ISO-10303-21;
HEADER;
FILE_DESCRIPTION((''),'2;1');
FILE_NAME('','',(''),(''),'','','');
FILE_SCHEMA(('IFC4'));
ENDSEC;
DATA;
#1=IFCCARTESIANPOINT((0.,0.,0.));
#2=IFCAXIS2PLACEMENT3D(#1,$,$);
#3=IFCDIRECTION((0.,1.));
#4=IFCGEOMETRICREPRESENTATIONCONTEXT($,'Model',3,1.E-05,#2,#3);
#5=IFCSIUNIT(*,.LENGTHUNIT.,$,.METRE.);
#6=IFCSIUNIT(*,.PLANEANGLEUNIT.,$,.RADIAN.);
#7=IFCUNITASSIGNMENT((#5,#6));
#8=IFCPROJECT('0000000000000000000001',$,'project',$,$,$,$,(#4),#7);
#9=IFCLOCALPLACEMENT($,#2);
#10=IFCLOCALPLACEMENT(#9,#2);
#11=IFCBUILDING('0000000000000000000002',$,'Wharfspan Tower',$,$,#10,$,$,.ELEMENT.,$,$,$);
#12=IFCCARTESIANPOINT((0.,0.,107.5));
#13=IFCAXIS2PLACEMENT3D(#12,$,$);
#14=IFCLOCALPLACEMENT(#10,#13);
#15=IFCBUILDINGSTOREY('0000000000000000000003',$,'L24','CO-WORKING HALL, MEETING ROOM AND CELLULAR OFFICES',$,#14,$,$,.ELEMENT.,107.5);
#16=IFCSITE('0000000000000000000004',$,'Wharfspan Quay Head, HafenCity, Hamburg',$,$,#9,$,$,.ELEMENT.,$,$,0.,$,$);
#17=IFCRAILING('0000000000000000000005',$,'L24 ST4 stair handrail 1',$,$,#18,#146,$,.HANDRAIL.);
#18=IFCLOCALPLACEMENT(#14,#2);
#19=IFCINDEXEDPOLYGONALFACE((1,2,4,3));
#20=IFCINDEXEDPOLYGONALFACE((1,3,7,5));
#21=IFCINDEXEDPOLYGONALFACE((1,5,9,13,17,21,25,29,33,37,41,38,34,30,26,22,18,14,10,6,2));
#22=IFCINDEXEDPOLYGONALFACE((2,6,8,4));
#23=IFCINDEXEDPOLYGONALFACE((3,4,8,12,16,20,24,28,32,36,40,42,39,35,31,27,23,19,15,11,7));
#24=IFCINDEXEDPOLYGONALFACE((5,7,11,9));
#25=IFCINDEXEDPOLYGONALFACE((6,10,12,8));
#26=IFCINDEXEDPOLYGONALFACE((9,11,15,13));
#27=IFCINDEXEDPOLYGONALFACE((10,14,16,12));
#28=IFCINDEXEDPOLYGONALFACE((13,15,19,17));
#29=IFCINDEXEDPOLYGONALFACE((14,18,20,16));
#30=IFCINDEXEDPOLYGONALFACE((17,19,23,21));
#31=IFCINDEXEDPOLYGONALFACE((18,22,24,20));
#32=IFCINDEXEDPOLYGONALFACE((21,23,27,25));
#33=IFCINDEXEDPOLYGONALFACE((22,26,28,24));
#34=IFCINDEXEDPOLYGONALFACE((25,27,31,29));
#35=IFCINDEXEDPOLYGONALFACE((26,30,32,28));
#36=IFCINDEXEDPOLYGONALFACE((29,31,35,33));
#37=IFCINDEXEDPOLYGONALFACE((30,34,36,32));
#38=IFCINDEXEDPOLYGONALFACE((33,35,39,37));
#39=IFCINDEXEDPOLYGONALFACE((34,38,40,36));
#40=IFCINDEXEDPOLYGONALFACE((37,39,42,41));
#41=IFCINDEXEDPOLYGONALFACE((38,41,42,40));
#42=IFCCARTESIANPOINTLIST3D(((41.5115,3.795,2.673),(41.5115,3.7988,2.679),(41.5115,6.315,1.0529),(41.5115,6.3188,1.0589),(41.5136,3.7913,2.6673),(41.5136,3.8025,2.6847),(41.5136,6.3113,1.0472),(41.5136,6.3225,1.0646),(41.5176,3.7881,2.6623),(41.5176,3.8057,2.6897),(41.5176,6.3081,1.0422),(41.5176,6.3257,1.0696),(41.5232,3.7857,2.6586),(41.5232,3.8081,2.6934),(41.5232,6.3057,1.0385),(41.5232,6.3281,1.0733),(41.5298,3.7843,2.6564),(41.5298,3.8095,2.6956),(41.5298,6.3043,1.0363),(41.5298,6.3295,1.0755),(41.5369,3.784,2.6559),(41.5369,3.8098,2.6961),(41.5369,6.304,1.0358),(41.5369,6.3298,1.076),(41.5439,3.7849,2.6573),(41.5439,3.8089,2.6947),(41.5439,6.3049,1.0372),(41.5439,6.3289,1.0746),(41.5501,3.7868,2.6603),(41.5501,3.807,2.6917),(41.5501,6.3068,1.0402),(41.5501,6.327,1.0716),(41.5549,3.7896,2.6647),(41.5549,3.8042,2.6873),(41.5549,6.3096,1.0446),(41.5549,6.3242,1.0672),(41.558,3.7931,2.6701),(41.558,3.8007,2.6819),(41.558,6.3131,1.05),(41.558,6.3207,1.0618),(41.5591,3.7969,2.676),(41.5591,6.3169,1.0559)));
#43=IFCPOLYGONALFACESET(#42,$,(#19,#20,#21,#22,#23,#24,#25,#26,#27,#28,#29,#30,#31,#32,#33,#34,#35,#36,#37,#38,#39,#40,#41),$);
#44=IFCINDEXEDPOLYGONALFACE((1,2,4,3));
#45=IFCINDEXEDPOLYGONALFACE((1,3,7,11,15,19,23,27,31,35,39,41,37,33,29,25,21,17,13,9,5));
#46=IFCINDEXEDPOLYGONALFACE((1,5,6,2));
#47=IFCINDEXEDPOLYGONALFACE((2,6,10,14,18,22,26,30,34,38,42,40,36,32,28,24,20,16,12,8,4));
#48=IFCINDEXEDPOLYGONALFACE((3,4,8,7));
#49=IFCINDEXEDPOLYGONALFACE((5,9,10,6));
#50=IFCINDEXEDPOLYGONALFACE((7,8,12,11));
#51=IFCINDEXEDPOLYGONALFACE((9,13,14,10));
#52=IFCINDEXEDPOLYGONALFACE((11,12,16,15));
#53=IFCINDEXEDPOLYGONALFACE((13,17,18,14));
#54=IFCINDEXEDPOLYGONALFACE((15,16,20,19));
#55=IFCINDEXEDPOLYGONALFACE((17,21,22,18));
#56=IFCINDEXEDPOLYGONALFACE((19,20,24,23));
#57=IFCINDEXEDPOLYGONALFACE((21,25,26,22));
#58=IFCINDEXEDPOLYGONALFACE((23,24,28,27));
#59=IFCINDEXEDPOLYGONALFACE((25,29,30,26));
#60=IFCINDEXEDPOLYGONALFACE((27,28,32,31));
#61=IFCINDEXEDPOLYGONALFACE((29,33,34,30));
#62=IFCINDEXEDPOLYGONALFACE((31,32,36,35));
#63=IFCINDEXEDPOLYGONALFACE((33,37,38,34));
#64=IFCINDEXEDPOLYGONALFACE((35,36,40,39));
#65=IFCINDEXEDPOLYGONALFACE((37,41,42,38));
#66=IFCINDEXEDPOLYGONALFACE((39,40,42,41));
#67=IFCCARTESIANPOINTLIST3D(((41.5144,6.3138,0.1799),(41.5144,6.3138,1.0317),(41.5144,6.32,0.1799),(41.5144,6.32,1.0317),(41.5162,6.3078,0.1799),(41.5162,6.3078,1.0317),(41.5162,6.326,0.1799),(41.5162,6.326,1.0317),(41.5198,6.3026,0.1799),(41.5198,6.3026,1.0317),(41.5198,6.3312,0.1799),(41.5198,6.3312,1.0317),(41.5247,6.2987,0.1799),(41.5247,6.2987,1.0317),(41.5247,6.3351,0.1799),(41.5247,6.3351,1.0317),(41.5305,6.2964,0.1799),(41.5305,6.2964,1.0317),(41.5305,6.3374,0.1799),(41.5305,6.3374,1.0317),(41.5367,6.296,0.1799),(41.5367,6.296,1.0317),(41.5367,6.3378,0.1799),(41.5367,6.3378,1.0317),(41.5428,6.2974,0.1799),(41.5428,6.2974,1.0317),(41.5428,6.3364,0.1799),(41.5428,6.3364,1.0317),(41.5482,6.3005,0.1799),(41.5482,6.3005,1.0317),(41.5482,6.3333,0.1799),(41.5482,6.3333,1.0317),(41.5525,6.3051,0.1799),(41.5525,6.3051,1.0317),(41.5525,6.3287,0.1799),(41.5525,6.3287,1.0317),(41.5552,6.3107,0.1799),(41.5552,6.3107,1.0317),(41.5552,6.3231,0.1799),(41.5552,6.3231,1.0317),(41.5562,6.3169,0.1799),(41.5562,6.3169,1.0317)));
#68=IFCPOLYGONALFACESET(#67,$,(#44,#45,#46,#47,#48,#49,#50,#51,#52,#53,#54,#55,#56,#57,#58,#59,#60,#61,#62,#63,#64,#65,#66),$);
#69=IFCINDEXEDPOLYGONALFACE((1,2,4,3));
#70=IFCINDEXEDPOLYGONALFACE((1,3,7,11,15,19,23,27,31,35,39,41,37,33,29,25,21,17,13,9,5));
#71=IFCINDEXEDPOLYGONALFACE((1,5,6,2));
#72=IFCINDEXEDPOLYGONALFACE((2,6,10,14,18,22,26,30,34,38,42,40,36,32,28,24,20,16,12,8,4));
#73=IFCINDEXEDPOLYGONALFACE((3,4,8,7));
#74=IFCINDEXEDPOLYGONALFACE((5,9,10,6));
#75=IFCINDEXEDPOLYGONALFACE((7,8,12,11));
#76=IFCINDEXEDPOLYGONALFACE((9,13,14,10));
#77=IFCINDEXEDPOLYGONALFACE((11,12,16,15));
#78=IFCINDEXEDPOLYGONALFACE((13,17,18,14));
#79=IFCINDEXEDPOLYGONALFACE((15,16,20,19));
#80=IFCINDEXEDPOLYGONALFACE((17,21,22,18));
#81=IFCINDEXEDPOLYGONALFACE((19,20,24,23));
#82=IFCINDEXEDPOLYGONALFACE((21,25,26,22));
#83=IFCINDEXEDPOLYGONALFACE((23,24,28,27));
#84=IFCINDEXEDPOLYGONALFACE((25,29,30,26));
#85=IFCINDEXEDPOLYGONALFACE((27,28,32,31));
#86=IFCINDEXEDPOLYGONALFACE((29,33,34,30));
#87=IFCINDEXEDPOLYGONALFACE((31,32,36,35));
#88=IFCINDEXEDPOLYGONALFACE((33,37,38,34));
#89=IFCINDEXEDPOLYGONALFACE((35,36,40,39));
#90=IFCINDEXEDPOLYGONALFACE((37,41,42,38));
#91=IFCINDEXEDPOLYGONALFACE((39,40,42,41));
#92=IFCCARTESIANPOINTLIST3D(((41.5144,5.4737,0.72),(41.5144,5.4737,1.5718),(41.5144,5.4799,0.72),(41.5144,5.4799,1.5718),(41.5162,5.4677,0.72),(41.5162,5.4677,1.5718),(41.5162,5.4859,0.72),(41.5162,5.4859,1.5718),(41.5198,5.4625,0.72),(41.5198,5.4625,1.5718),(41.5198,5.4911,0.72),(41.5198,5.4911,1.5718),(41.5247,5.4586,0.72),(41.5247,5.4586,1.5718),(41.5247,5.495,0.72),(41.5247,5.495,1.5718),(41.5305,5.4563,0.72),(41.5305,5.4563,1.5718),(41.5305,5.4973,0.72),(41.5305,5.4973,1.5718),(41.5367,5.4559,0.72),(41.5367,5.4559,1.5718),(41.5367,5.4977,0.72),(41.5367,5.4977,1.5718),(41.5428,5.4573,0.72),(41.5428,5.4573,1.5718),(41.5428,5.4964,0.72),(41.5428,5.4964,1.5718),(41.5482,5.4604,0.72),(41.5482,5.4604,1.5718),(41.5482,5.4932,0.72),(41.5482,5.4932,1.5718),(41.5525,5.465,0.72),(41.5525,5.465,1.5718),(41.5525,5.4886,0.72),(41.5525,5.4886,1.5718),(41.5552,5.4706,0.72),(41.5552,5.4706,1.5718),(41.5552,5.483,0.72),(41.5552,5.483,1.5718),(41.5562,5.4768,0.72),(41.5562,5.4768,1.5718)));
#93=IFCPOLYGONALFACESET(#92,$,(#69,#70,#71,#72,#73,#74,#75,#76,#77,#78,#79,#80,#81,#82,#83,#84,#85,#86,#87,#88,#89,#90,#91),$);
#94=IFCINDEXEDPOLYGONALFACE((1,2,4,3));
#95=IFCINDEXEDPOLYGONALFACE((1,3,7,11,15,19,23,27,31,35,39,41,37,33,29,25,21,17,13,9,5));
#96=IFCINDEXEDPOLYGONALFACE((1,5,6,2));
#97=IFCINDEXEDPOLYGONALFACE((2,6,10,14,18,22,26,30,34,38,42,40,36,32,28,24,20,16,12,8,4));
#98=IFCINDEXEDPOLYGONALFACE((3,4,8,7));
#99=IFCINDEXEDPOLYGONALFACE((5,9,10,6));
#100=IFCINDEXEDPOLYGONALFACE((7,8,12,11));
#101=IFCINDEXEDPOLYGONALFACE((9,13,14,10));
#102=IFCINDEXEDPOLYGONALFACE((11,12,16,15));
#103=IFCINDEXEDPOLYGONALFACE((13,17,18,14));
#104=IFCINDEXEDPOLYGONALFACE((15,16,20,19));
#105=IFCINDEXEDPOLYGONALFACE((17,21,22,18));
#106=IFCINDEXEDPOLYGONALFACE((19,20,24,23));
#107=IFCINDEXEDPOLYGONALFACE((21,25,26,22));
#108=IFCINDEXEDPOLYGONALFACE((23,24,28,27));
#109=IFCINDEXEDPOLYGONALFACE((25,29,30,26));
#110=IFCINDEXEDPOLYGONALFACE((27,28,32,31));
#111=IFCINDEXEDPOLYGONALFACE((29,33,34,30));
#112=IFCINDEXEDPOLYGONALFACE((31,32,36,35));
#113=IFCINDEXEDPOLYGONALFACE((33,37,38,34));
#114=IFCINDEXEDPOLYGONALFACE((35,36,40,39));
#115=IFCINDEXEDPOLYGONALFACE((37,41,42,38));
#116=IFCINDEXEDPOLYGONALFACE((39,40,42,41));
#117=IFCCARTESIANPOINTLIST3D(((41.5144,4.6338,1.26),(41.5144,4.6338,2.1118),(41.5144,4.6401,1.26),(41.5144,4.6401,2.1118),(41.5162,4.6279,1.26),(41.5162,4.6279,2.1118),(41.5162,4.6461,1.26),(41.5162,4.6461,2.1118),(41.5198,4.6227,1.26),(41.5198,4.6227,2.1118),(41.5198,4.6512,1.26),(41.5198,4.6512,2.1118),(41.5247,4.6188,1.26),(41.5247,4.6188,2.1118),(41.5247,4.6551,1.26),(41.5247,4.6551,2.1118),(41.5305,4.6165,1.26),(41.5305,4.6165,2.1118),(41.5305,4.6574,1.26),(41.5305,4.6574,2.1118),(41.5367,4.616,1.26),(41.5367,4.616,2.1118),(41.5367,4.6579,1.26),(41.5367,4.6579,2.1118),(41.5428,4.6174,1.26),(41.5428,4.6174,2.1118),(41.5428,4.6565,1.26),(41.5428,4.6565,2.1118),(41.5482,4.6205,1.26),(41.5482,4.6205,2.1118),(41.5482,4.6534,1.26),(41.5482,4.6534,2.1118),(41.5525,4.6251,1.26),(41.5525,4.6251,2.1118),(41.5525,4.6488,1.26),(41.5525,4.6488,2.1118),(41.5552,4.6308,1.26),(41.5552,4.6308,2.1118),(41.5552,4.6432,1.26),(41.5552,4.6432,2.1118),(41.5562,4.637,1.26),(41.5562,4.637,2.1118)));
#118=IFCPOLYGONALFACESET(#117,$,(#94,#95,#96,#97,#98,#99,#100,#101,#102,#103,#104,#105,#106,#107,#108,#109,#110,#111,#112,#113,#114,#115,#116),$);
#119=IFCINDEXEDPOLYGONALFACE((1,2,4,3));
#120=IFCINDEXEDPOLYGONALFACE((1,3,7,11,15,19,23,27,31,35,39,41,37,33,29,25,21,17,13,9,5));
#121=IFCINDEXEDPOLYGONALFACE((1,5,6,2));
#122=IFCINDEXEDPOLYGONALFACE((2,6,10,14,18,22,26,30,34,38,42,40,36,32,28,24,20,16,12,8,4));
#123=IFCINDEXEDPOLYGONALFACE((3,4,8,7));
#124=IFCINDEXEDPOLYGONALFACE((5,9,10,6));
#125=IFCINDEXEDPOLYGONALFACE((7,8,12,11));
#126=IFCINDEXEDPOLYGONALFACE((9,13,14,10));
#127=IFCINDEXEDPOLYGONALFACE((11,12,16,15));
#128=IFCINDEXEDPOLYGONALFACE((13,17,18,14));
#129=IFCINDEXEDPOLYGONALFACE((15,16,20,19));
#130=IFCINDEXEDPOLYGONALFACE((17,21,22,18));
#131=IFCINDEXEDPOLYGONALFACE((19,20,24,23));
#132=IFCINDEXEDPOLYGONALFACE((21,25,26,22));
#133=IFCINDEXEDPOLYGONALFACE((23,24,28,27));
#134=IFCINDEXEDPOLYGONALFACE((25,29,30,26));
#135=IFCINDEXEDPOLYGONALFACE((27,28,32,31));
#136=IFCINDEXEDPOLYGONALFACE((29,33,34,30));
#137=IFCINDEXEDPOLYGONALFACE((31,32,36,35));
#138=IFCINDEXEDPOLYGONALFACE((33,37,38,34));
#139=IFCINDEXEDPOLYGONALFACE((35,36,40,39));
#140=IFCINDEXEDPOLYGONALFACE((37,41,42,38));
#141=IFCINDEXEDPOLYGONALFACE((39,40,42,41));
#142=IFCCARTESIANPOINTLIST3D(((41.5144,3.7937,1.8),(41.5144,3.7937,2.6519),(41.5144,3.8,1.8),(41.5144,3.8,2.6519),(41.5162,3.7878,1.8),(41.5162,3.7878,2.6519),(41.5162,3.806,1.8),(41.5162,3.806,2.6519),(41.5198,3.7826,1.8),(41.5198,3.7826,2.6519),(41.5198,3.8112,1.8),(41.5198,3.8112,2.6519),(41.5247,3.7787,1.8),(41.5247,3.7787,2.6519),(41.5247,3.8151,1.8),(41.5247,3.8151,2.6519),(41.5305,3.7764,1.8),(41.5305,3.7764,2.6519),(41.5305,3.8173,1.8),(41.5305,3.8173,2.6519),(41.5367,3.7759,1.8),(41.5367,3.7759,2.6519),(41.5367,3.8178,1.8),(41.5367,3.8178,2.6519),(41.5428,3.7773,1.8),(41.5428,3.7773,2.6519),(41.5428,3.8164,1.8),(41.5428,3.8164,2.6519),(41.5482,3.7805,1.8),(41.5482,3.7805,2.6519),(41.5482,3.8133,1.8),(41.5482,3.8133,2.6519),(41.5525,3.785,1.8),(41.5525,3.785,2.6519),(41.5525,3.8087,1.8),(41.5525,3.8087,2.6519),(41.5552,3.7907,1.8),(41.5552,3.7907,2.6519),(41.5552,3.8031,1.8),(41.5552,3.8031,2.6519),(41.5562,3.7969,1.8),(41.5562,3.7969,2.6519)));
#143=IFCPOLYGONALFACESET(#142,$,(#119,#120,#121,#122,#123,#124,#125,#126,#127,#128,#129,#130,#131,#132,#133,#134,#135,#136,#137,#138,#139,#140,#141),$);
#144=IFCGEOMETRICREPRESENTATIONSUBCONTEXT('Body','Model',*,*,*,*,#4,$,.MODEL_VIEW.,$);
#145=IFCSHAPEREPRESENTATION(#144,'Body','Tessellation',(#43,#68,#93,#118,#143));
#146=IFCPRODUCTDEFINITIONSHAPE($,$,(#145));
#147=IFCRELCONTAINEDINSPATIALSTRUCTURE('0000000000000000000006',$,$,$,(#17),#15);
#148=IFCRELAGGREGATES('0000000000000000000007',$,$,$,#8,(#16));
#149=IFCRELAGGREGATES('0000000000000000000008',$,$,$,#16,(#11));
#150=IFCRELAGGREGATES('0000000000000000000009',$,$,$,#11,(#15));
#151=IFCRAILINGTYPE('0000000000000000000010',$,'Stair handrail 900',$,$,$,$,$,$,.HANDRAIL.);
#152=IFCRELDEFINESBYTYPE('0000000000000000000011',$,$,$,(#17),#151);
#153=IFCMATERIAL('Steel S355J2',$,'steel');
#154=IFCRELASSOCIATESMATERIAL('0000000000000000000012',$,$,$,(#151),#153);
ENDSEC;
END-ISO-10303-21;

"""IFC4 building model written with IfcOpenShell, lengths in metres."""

from ifc_helpers import new_model, si_unit, direction, frame, origin, origin_2d, place, context, subcontext, project, spatial, circle, extrude, material, type_object, element, save


model = new_model("IFC4")

# Units and contexts
model_context = context("Model", 3, precision=1e-05, world=origin(), true_north=direction((0.0, 1.0)))
body_context = subcontext(model_context, "Body", "Model", "MODEL_VIEW")
ifc_project = project(units=[si_unit("LENGTHUNIT", "METRE"), si_unit("PLANEANGLEUNIT", "RADIAN")], contexts=[model_context])

# Site, building, storey
site_placement = place(None, origin())
site = spatial("IfcSite", under=ifc_project, at=site_placement, Name="Wharfspan Quay Head, HafenCity, Hamburg", CompositionType="ELEMENT", RefElevation=0.0)
building_placement = place(site_placement, origin())
building = spatial("IfcBuilding", under=site, at=building_placement, Name="Wharfspan Tower", CompositionType="ELEMENT")
storey_placement = place(building_placement, frame((0.0, 0.0, 107.5)))
storey = spatial("IfcBuildingStorey", under=building, at=storey_placement, Name="L24", Description="CO-WORKING HALL, MEETING ROOM AND CELLULAR OFFICES", CompositionType="ELEMENT", Elevation=107.5)

# Railing
ifc_material_1 = material(Name="Steel S355J2", Category="steel")
railing_type_1 = type_object("IfcRailingType", Name="Stair handrail 900", PredefinedType="HANDRAIL", material=ifc_material_1)
railing_1_placement = place(storey_placement, frame((41.5352, 6.3169, 0.1799)))
element("IfcRailing", 1, at=railing_1_placement, inside=storey, type_object=railing_type_1, Name="L24 ST4 stair handrail 1", PredefinedType="HANDRAIL", context=body_context, shape_type="SweptSolid", body=[
    extrude(circle(Radius=0.0239, at=origin_2d()), frame((0.0, 0.0, 0.876), z_axis=(0.0, -0.841163, 0.540782), x_axis=(1.0, 0.0, 0.0)), (0.0, 0.0, 1.0), 2.9958),
    extrude(circle(Radius=0.021, at=origin_2d()), origin(), (0.0, 0.0, 1.0), 0.8518),
    extrude(circle(Radius=0.021, at=origin_2d()), frame((0.0, -0.8401, 0.54)), (0.0, 0.0, 1.0), 0.8518),
    extrude(circle(Radius=0.021, at=origin_2d()), frame((0.0, -1.6799, 1.0801)), (0.0, 0.0, 1.0), 0.8518),
    extrude(circle(Radius=0.021, at=origin_2d()), frame((0.0, -2.52, 1.6201)), (0.0, 0.0, 1.0), 0.8518),
])

save(model, "model.ifc")
